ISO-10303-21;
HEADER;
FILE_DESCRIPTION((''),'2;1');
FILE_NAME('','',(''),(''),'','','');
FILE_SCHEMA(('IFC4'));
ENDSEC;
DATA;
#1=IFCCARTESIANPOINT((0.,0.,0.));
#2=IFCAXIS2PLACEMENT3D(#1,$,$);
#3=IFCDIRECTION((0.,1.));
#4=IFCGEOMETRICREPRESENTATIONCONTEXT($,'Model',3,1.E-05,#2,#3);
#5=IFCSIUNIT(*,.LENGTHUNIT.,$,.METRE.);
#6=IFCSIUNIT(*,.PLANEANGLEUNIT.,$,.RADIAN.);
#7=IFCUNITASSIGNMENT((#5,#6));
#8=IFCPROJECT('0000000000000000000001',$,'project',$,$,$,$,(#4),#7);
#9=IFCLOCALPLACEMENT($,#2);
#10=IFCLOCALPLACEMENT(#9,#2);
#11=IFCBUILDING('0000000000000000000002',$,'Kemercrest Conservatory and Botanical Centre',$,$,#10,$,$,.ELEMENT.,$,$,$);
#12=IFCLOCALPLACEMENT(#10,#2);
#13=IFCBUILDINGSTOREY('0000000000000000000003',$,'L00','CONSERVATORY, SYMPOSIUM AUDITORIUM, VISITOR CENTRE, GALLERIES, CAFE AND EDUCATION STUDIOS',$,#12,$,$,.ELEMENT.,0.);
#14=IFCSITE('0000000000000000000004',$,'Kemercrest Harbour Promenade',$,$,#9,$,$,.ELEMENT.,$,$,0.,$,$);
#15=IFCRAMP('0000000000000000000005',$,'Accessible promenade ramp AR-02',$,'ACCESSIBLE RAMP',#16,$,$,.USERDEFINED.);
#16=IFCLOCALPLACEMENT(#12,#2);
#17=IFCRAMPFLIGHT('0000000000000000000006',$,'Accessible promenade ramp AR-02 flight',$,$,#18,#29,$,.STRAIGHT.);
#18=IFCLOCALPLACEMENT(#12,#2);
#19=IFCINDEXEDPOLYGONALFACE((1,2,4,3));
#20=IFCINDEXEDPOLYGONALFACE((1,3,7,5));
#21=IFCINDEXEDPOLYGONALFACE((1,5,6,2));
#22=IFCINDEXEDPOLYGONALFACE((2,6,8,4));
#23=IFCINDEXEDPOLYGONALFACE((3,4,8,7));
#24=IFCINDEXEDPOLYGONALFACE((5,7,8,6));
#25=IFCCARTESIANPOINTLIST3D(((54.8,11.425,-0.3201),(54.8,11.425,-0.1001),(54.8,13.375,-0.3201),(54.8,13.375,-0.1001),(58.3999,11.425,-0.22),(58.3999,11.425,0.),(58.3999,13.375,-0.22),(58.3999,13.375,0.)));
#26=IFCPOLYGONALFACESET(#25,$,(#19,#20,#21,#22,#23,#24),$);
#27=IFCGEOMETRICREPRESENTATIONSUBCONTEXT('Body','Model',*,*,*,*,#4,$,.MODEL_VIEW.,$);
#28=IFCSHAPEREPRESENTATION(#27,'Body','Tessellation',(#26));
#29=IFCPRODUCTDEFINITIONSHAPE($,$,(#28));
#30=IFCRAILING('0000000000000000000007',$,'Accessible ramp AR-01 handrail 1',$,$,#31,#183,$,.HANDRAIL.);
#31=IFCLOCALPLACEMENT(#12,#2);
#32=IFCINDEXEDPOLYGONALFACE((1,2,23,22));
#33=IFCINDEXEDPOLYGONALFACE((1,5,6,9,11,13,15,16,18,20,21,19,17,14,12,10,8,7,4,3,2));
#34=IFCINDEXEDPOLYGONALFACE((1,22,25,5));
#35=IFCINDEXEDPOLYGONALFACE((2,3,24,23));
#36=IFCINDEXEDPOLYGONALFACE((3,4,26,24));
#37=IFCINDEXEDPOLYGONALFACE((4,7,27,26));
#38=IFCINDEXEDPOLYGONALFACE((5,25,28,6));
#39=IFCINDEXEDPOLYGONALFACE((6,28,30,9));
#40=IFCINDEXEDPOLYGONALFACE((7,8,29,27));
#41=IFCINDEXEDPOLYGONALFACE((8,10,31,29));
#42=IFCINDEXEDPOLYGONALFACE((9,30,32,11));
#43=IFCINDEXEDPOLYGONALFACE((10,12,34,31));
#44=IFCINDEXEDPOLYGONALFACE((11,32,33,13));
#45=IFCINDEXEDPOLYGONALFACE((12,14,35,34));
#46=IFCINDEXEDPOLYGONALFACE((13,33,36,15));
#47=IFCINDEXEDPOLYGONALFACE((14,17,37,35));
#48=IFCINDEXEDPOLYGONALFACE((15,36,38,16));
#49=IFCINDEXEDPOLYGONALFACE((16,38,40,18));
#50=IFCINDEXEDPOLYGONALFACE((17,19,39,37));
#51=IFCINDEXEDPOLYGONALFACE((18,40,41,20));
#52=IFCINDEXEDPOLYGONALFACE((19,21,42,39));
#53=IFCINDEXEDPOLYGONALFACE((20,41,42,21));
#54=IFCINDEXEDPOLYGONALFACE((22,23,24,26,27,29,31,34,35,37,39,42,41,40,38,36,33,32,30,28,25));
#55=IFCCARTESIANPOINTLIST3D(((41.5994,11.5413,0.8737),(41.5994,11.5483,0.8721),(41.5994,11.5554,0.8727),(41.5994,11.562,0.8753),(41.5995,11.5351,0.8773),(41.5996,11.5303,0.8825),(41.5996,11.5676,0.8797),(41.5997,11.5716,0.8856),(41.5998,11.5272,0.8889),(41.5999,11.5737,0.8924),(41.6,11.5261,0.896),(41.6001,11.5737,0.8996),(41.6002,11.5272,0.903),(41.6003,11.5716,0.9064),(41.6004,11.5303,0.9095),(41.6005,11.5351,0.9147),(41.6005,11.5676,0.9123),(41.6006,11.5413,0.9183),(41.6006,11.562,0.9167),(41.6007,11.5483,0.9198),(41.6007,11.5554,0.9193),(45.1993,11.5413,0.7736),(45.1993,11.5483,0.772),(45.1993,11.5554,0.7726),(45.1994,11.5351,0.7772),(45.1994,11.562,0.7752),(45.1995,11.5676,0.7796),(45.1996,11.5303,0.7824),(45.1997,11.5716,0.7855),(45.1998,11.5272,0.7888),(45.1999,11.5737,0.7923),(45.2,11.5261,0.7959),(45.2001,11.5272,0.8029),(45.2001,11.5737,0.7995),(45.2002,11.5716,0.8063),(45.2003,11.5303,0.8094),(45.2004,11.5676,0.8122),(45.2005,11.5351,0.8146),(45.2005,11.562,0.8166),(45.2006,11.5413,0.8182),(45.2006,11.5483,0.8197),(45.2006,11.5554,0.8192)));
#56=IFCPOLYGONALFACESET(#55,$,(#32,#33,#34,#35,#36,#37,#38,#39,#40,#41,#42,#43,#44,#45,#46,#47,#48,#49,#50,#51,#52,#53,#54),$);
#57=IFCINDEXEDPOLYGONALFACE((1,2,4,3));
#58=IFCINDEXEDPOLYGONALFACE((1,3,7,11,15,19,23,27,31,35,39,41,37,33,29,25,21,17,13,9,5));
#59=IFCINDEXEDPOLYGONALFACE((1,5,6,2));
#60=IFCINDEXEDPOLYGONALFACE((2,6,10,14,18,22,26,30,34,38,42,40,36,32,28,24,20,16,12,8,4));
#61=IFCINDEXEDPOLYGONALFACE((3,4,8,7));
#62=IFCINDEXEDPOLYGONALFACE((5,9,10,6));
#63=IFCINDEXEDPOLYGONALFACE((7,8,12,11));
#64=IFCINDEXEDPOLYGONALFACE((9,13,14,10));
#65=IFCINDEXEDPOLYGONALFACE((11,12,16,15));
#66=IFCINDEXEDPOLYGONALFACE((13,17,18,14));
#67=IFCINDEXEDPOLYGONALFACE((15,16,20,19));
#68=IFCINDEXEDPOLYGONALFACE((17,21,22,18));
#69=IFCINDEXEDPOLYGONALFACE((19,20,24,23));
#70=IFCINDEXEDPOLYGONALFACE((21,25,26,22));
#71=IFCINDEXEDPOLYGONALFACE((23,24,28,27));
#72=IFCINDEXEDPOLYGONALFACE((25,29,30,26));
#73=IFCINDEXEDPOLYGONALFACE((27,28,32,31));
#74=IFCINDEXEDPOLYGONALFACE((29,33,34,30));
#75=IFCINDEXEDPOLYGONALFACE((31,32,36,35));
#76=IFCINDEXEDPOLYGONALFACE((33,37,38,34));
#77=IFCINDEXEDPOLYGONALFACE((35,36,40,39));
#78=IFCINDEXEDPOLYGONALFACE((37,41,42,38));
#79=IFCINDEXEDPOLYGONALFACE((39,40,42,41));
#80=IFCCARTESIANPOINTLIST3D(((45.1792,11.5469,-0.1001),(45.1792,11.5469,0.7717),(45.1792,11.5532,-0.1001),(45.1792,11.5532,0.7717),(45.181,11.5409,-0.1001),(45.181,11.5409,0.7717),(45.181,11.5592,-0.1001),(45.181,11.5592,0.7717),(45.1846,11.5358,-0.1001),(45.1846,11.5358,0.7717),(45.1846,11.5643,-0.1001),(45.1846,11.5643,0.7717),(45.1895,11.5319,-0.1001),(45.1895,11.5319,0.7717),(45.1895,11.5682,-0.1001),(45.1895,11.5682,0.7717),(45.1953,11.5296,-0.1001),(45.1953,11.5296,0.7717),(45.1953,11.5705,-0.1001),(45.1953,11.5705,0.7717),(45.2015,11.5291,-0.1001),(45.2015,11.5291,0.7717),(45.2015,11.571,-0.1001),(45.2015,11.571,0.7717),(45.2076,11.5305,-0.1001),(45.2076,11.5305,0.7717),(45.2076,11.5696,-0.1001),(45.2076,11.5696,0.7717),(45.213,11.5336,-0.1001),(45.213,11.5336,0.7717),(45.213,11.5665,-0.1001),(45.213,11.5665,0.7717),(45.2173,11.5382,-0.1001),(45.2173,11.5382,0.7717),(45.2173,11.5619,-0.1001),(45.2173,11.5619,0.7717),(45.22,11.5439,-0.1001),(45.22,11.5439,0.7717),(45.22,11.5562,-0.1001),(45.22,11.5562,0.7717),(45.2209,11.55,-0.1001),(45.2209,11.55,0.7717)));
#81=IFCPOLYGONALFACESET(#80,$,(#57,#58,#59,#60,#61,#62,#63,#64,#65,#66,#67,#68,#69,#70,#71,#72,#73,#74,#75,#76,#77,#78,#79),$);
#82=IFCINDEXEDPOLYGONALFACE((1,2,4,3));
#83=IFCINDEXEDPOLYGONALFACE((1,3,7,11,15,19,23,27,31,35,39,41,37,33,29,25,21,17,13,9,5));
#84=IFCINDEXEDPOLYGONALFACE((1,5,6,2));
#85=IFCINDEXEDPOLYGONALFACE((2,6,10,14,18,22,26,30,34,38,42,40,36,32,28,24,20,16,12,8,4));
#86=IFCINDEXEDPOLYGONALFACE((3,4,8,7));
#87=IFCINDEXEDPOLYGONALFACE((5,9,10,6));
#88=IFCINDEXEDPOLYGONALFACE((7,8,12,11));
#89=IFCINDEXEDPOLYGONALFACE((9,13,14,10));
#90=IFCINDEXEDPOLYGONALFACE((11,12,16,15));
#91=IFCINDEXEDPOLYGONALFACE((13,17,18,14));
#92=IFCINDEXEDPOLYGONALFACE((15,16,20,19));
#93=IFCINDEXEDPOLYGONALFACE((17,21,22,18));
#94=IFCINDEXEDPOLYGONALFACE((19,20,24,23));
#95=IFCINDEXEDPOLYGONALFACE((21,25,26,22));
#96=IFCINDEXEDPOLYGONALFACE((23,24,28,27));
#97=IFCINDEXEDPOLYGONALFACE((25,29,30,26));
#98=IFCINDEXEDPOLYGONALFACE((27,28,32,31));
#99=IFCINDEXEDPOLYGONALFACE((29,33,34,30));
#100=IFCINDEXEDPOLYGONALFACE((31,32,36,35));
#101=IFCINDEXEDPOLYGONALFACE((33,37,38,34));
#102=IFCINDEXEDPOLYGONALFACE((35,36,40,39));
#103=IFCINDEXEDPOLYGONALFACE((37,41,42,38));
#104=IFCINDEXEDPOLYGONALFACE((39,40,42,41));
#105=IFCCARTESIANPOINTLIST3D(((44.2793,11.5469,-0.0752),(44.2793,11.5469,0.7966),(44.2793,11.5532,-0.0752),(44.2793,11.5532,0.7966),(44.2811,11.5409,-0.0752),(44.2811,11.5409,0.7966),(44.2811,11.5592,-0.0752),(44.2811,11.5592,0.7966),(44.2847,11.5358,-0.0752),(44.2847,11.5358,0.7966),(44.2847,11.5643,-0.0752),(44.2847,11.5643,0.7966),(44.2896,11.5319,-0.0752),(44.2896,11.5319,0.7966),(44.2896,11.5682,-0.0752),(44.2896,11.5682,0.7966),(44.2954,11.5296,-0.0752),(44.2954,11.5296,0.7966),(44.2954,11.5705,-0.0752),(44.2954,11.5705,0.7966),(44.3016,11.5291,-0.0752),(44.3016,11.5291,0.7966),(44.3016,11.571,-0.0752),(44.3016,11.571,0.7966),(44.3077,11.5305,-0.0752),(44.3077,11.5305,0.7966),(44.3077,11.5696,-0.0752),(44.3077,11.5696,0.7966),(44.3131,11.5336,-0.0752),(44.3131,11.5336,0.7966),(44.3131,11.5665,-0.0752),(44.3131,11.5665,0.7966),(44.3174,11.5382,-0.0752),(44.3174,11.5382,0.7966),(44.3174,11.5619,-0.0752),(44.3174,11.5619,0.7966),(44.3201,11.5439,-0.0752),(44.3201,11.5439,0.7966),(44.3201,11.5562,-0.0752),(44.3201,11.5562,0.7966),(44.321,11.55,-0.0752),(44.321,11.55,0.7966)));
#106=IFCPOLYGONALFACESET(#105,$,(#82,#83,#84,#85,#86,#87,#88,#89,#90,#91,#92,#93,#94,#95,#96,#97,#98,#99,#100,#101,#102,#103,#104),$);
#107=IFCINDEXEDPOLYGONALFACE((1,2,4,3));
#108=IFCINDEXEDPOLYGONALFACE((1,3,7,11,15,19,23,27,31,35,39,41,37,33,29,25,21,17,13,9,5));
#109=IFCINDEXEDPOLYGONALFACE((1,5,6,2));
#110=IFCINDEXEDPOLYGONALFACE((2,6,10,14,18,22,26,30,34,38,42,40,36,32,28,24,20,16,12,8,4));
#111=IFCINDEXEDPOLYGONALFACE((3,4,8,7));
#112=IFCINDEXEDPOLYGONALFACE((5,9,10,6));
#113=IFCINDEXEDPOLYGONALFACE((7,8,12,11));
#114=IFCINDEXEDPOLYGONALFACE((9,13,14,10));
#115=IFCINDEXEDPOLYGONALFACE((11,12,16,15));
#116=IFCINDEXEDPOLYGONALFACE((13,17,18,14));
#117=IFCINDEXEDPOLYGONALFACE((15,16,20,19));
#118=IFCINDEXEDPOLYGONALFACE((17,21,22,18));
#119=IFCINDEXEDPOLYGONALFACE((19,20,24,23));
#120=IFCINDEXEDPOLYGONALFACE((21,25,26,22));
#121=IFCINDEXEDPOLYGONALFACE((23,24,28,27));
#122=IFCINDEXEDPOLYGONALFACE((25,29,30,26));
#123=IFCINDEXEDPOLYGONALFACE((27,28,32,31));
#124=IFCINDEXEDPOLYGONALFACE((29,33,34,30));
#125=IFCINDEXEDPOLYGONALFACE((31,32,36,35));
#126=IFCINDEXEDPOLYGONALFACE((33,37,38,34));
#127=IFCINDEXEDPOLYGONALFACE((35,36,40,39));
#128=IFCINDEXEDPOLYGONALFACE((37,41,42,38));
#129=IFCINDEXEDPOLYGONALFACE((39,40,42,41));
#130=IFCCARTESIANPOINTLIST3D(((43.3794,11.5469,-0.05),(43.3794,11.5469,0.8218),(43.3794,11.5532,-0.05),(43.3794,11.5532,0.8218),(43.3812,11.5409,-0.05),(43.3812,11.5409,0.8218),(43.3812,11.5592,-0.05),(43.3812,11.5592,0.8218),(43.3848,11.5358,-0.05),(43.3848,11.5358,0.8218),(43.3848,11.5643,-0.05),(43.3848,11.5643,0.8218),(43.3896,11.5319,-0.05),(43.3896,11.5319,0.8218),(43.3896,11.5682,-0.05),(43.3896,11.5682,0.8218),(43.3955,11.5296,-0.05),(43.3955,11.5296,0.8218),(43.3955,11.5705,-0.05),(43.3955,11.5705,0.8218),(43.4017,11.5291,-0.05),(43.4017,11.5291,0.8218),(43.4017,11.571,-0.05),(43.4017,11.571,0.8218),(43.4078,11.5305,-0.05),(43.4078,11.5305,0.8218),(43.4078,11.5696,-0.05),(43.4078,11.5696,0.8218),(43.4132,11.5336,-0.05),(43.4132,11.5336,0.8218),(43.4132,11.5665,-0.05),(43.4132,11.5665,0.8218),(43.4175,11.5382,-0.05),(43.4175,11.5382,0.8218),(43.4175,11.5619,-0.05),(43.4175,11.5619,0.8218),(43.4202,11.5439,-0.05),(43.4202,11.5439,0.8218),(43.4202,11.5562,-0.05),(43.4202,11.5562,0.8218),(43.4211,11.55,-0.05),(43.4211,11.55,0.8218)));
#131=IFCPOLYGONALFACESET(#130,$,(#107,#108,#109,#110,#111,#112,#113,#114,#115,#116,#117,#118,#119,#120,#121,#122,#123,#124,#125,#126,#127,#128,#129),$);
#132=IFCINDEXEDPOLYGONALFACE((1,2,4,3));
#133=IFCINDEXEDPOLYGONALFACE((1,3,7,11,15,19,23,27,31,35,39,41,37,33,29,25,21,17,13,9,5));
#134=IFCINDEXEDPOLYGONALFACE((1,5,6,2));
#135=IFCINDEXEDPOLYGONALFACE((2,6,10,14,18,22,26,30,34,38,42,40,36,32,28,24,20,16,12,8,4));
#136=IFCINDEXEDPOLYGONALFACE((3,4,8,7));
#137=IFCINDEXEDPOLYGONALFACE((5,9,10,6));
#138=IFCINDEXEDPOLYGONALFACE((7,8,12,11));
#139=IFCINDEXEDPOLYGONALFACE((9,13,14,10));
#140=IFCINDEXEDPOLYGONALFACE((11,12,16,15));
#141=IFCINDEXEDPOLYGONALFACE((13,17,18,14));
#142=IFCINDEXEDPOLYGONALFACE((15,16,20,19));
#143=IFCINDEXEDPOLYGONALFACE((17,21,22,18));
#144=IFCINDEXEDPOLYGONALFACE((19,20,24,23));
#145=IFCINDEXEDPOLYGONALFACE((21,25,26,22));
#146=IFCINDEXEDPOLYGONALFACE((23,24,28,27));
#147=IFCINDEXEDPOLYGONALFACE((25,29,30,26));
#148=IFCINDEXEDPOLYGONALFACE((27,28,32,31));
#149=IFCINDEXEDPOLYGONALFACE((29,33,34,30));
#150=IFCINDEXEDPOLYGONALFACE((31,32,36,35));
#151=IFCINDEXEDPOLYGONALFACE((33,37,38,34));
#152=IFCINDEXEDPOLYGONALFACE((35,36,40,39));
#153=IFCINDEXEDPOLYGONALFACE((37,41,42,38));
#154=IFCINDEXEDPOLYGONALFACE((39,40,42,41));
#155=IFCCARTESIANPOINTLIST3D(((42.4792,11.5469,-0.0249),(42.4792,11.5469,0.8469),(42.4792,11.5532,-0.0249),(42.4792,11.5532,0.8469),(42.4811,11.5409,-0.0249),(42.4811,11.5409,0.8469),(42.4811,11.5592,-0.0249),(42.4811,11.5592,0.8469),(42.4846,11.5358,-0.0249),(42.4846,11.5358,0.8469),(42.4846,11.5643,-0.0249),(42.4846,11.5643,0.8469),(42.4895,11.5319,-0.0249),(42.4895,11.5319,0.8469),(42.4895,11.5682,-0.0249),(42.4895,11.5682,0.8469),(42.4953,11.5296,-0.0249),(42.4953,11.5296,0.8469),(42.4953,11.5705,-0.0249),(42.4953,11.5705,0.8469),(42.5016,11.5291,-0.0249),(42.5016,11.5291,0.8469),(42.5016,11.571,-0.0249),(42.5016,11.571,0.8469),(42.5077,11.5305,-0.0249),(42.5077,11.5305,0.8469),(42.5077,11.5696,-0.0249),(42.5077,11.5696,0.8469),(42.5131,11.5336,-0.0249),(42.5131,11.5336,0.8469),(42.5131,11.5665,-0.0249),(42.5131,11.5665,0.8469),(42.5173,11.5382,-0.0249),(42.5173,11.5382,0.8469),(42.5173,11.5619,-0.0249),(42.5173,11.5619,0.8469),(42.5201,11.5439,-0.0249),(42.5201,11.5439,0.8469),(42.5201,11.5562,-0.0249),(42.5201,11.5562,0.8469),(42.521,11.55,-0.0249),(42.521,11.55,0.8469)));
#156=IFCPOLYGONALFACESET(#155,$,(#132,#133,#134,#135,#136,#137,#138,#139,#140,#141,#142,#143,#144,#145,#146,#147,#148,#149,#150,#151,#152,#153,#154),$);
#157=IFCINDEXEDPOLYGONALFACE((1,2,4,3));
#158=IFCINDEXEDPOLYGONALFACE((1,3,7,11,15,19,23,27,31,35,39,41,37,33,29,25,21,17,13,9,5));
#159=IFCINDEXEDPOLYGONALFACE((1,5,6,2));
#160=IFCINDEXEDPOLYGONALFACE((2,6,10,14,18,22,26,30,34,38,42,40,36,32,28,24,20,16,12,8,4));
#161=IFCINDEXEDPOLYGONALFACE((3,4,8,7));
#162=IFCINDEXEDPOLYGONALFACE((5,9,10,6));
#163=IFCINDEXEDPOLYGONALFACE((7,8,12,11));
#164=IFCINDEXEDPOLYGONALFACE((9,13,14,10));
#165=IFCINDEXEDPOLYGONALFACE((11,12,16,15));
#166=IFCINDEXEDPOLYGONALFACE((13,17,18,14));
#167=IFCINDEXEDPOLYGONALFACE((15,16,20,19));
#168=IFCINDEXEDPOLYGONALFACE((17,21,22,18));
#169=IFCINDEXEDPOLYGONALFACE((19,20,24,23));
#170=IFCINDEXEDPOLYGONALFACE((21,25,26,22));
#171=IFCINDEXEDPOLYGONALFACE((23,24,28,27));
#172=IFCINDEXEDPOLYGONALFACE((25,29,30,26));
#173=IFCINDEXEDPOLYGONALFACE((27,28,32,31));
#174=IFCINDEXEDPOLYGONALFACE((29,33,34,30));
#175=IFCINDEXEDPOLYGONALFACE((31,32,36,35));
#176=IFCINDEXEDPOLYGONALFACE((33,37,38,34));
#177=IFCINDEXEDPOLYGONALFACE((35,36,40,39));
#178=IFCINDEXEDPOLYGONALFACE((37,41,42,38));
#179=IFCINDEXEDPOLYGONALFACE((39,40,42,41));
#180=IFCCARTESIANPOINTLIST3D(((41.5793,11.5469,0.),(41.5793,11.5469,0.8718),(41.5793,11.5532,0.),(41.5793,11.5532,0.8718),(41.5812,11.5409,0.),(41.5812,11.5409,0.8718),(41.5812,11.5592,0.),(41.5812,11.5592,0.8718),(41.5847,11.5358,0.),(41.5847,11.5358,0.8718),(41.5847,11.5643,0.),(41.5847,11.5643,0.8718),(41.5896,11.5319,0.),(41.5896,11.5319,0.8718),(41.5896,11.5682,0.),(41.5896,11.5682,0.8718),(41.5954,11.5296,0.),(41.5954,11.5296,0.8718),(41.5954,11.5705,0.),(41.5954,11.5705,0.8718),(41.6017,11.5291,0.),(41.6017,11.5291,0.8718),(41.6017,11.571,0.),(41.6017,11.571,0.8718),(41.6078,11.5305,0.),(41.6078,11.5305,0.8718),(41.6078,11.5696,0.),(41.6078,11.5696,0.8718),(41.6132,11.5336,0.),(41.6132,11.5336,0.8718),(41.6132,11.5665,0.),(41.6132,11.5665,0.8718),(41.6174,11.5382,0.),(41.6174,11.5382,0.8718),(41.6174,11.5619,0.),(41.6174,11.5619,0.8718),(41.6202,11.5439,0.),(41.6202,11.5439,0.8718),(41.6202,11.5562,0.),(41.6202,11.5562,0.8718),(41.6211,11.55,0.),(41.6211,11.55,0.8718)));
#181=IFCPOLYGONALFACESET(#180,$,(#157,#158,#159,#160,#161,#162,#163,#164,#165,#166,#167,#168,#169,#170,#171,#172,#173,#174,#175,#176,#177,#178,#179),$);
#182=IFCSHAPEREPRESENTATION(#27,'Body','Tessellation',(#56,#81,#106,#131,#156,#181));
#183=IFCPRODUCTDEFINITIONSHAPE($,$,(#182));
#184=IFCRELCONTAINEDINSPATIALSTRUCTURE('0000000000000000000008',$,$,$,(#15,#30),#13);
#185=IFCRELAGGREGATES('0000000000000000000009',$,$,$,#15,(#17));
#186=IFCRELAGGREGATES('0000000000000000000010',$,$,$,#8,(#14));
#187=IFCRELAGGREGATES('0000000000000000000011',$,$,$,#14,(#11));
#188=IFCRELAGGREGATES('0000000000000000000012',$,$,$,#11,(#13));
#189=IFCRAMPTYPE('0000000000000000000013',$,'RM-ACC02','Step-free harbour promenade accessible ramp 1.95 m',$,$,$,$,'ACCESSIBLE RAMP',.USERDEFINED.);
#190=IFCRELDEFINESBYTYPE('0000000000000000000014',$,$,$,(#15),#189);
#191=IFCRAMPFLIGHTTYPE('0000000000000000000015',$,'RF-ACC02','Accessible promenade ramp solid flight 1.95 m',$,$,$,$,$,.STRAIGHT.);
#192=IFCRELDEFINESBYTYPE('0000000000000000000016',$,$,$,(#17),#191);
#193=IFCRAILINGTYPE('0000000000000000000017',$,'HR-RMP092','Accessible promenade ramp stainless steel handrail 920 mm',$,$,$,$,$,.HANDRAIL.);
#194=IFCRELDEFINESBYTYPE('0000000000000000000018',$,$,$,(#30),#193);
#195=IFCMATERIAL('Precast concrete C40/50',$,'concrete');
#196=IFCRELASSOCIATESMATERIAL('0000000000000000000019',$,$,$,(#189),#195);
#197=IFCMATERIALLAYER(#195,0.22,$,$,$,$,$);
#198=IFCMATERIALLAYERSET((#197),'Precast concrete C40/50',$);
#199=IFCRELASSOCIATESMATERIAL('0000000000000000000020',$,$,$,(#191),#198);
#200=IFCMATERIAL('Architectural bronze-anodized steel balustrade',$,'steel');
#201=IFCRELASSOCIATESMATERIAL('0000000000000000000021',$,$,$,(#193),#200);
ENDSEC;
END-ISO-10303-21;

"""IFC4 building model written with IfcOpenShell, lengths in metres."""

from ifc_helpers import new_model, si_unit, direction, frame, origin, origin_2d, place, context, subcontext, project, spatial, polyline, circle, outline, extrude, material, layer, layer_set, type_object, element, aggregate, save


model = new_model("IFC4")

# Units and contexts
model_context = context("Model", 3, precision=1e-05, world=origin(), true_north=direction((0.0, 1.0)))
body_context = subcontext(model_context, "Body", "Model", "MODEL_VIEW")
ifc_project = project(units=[si_unit("LENGTHUNIT", "METRE"), si_unit("PLANEANGLEUNIT", "RADIAN")], contexts=[model_context])

# Site, building, storey
site_placement = place(None, origin())
site = spatial("IfcSite", under=ifc_project, at=site_placement, Name="Kemercrest Harbour Promenade", CompositionType="ELEMENT", RefElevation=0.0)
building_placement = place(site_placement, origin())
building = spatial("IfcBuilding", under=site, at=building_placement, Name="Kemercrest Conservatory and Botanical Centre", CompositionType="ELEMENT")
storey_placement = place(building_placement, origin())
storey = spatial("IfcBuildingStorey", under=building, at=storey_placement, Name="L00", Description="CONSERVATORY, SYMPOSIUM AUDITORIUM, VISITOR CENTRE, GALLERIES, CAFE AND EDUCATION STUDIOS", CompositionType="ELEMENT", Elevation=0.0)

# Ramp, ramp flight
ifc_material_1 = material(Name="Precast concrete C40/50", Category="concrete")
ramp_type_1 = type_object("IfcRampType", Name="RM-ACC02", Description="Step-free harbour promenade accessible ramp 1.95 m", ElementType="ACCESSIBLE RAMP", PredefinedType="USERDEFINED", material=ifc_material_1)
ramp_1_placement = place(storey_placement, origin())
ramp_1 = element("IfcRamp", 1, at=ramp_1_placement, inside=storey, type_object=ramp_type_1, Name="Accessible promenade ramp AR-02", ObjectType="ACCESSIBLE RAMP", PredefinedType="USERDEFINED")
ifc_layer_1 = layer(ifc_material_1, 0.22)
ifc_layer_set_1 = layer_set([ifc_layer_1], Name="Precast concrete C40/50")
ramp_flight_type_1 = type_object("IfcRampFlightType", Name="RF-ACC02", Description="Accessible promenade ramp solid flight 1.95 m", PredefinedType="STRAIGHT", material=ifc_layer_set_1)
ramp_flight_1_placement = place(storey_placement, frame((54.8, 12.3999, -0.1001), z_axis=(0.0, 0.0, 1.0), x_axis=(1.0, 0.0, 0.0)))
ramp_flight_1 = element("IfcRampFlight", 2, at=ramp_flight_1_placement, type_object=ramp_flight_type_1, Name="Accessible promenade ramp AR-02 flight", PredefinedType="STRAIGHT", context=body_context, shape_type="SweptSolid", body=[
    extrude(outline(polyline([(0.0, 0.0), (3.5999, 0.1001), (3.5999, -0.1199), (0.0, -0.22), (0.0, 0.0)])), frame((0.0, 0.9751, 0.0), z_axis=(0.0, -1.0, 0.0), x_axis=(1.0, 0.0, 0.0)), (0.0, 0.0, 1.0), 1.95),
])
aggregate(ramp_1, [ramp_flight_1])

# Railing
ifc_material_2 = material(Name="Architectural bronze-anodized steel balustrade", Category="steel")
railing_type = type_object("IfcRailingType", Name="HR-RMP092", Description="Accessible promenade ramp stainless steel handrail 920 mm", PredefinedType="HANDRAIL", material=ifc_material_2)
for number, where, name in (
    (3, (45.2, 11.55, -0.1001), "Accessible ramp AR-01 handrail 1"),
):
    element("IfcRailing", number, at=place(storey_placement, frame(where)), inside=storey, type_object=railing_type, Name=name, PredefinedType="HANDRAIL", context=body_context, shape_type="SweptSolid", body=[
        extrude(circle(Radius=0.0239, at=origin_2d()), frame((0.0, 0.0, 0.896), z_axis=(-0.999614, 0.0, 0.027795), x_axis=(0.0, -1.0, 0.0)), (0.0, 0.0, 1.0), 3.6013),
        extrude(circle(Radius=0.021, at=origin_2d()), origin(), (0.0, 0.0, 1.0), 0.8718),
        extrude(circle(Radius=0.021, at=origin_2d()), frame((-0.8999, 0.0, 0.0249)), (0.0, 0.0, 1.0), 0.8718),
        extrude(circle(Radius=0.021, at=origin_2d()), frame((-1.7998, 0.0, 0.05)), (0.0, 0.0, 1.0), 0.8718),
        extrude(circle(Radius=0.021, at=origin_2d()), frame((-2.7, 0.0, 0.0752)), (0.0, 0.0, 1.0), 0.8718),
        extrude(circle(Radius=0.021, at=origin_2d()), frame((-3.5999, 0.0, 0.1001)), (0.0, 0.0, 1.0), 0.8718),
    ])

save(model, "model.ifc")
